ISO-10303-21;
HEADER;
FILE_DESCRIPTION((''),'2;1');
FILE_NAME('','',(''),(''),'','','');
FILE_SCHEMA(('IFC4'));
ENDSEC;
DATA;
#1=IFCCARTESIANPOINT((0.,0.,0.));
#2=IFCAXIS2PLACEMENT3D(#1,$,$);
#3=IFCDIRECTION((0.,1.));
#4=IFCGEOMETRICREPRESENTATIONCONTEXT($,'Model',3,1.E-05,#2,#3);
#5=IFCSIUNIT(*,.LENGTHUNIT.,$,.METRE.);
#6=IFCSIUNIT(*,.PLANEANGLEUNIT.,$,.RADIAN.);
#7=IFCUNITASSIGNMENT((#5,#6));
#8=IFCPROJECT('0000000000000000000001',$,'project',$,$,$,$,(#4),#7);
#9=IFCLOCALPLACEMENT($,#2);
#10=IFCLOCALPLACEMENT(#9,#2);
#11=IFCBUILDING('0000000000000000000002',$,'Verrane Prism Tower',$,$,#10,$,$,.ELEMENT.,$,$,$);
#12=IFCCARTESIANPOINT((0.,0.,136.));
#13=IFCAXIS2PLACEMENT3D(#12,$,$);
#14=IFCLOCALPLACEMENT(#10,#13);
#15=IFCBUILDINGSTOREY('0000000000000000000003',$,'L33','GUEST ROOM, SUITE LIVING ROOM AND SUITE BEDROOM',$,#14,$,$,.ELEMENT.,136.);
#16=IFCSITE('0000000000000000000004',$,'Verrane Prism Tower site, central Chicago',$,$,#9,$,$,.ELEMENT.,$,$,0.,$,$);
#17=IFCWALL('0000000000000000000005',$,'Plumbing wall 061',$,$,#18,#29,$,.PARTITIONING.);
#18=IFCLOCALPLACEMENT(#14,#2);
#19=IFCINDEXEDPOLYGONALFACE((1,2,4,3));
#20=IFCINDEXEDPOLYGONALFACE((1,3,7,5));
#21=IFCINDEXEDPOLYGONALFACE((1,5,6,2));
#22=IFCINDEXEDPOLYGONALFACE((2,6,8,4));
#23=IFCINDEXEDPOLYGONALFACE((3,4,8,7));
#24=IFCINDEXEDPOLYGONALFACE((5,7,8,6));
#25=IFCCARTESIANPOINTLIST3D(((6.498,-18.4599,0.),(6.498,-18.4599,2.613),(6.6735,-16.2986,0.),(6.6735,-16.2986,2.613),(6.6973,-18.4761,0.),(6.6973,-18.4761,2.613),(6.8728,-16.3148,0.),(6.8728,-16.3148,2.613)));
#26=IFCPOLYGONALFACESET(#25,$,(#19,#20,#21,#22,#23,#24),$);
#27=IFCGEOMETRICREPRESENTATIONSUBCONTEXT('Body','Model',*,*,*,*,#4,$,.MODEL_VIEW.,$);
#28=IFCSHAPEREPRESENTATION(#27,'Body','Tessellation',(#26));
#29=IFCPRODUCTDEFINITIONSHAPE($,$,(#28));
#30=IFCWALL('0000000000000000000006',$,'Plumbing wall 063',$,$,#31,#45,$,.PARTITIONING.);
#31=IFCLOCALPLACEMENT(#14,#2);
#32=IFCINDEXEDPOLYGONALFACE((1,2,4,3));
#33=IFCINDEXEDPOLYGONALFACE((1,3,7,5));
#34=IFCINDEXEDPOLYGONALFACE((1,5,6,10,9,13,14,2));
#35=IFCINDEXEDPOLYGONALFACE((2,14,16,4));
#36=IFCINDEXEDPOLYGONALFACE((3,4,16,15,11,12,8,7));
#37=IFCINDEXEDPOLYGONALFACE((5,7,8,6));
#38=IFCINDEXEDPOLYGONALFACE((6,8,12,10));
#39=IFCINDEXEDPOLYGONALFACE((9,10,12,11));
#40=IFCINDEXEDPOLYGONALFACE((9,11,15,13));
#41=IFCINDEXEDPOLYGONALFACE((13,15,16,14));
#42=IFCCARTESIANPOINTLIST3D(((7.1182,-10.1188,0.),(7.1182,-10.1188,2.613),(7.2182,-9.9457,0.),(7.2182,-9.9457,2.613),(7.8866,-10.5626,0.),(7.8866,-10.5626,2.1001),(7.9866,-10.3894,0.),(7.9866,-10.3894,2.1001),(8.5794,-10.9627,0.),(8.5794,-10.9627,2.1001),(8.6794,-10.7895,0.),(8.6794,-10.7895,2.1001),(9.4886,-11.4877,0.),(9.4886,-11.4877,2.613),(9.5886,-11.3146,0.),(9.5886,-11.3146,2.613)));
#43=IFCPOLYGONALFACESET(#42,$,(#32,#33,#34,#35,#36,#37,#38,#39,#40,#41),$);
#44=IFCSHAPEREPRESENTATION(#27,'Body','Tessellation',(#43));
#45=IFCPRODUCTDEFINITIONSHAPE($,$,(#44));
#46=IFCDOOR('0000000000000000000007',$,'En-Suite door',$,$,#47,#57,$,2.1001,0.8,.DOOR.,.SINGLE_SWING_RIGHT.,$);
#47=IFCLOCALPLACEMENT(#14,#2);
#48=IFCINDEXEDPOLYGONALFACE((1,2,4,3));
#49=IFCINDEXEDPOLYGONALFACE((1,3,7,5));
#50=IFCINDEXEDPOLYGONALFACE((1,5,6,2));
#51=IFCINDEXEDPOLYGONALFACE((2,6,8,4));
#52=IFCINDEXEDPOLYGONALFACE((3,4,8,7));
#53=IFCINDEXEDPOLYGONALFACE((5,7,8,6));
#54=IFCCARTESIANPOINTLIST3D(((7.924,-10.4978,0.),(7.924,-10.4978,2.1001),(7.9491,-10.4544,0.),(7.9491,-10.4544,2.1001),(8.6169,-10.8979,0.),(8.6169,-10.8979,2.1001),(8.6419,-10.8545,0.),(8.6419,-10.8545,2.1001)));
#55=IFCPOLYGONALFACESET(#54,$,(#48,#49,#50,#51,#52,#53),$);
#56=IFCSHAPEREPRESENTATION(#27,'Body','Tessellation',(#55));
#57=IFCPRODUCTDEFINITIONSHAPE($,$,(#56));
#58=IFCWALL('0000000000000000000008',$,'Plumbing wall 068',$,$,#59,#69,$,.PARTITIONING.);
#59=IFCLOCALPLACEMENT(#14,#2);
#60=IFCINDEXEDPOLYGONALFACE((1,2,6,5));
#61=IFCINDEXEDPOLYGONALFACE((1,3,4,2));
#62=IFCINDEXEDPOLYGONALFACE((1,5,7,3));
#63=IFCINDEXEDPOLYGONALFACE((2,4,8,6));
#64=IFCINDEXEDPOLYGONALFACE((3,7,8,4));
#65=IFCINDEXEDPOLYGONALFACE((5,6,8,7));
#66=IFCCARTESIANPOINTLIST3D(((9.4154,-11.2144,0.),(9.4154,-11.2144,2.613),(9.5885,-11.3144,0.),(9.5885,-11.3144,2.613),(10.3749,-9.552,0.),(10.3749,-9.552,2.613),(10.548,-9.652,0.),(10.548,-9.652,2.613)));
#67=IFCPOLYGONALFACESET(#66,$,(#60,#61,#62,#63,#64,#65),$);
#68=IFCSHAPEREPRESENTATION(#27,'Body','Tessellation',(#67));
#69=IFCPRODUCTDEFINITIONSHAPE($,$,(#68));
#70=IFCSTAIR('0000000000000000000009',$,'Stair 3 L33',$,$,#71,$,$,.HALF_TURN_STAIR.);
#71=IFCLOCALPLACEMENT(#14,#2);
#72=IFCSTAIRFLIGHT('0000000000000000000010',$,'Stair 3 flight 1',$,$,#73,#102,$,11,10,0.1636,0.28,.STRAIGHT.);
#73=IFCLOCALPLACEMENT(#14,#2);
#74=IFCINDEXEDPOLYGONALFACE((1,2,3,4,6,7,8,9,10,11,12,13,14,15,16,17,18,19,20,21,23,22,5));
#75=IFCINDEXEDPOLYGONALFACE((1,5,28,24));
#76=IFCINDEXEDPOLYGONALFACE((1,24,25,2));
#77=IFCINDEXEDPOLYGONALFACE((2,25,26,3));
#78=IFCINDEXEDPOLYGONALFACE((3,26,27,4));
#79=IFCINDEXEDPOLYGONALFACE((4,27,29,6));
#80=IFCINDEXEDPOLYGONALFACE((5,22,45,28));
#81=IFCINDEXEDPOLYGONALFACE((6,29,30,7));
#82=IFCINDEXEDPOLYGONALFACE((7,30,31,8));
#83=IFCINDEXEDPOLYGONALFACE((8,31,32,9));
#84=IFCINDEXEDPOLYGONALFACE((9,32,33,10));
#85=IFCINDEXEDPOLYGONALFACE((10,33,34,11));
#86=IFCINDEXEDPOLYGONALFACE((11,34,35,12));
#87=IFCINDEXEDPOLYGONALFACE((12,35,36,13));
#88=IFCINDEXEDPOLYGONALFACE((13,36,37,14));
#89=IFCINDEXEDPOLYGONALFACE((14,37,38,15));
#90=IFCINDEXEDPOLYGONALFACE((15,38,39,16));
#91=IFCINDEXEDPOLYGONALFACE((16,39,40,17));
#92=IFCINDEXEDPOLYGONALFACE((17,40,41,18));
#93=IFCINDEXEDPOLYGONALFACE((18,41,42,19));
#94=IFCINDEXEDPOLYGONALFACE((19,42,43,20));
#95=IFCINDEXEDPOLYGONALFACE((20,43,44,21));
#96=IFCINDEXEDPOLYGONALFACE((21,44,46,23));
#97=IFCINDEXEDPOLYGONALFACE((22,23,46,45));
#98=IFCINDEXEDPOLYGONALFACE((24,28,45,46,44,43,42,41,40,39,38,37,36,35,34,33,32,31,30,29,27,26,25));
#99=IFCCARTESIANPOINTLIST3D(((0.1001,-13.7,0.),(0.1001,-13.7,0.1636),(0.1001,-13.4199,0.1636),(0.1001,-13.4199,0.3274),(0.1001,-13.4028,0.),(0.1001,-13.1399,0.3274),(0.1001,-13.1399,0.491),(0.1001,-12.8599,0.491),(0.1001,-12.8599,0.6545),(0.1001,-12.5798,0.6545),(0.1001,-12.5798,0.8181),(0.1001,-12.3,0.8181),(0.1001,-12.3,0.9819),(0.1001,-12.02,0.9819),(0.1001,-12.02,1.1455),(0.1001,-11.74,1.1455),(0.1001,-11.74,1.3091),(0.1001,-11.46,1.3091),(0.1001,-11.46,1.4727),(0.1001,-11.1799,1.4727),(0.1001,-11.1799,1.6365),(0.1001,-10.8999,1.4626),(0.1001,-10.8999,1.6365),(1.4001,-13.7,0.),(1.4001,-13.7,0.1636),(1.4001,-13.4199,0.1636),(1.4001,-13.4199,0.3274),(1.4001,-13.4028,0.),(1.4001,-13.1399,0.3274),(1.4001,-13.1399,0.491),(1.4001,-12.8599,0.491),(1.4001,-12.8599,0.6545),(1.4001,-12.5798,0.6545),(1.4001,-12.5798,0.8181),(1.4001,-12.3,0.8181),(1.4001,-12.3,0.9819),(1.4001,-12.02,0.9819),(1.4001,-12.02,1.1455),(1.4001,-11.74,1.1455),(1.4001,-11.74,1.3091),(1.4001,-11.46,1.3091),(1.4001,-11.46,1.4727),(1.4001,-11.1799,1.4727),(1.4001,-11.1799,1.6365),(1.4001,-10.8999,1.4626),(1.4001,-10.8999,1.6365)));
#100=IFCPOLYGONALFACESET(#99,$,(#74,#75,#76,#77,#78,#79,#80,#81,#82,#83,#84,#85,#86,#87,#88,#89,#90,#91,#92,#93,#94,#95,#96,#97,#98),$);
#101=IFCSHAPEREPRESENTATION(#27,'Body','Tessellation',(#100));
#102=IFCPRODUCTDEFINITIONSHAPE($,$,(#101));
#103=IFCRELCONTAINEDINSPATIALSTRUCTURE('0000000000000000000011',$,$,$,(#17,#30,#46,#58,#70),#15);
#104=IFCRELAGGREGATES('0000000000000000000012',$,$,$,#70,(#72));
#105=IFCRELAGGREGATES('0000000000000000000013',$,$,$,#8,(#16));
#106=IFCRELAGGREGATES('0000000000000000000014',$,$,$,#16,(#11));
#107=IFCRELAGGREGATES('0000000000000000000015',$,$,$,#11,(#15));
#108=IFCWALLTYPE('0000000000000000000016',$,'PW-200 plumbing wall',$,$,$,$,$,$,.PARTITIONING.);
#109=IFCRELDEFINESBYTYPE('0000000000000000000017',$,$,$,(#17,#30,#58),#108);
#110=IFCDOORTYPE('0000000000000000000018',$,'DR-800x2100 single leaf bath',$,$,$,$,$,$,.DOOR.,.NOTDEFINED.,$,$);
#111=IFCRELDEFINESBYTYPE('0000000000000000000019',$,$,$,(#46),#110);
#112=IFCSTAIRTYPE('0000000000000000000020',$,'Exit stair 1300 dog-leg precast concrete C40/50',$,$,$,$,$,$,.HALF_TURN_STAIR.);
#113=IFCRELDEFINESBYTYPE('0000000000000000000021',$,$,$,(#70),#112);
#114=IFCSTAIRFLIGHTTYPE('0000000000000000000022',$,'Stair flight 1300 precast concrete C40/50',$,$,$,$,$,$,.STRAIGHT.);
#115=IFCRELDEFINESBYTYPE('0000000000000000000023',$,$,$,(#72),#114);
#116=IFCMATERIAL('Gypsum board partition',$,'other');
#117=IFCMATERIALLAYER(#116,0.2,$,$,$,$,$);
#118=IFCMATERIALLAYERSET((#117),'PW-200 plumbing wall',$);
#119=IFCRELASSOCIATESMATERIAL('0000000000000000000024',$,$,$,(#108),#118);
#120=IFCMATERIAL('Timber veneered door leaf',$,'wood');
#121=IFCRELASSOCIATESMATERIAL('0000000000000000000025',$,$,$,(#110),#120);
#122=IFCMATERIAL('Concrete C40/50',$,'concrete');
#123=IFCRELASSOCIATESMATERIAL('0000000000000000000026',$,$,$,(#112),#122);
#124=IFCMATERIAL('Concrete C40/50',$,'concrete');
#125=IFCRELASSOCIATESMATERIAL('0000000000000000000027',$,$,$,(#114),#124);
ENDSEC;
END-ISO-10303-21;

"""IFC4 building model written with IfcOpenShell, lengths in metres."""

from ifc_helpers import new_model, si_unit, direction, frame, frame_2d, origin, place, context, subcontext, project, spatial, polyline, rectangle, outline, extrude, material, layer, layer_set, type_object, element, fill, aggregate, save


model = new_model("IFC4")

# Units and contexts
model_context = context("Model", 3, precision=1e-05, world=origin(), true_north=direction((0.0, 1.0)))
body_context = subcontext(model_context, "Body", "Model", "MODEL_VIEW")
ifc_project = project(units=[si_unit("LENGTHUNIT", "METRE"), si_unit("PLANEANGLEUNIT", "RADIAN")], contexts=[model_context])

# Site, building, storey
site_placement = place(None, origin())
site = spatial("IfcSite", under=ifc_project, at=site_placement, Name="Verrane Prism Tower site, central Chicago", CompositionType="ELEMENT", RefElevation=0.0)
building_placement = place(site_placement, origin())
building = spatial("IfcBuilding", under=site, at=building_placement, Name="Verrane Prism Tower", CompositionType="ELEMENT")
storey_placement = place(building_placement, frame((0.0, 0.0, 136.0)))
storey = spatial("IfcBuildingStorey", under=building, at=storey_placement, Name="L33", Description="GUEST ROOM, SUITE LIVING ROOM AND SUITE BEDROOM", CompositionType="ELEMENT", Elevation=136.0)

# Shared definitions
ifc_material_1 = material(Name="Gypsum board partition", Category="other")
ifc_layer_1 = layer(ifc_material_1, 0.2)
ifc_layer_set_1 = layer_set([ifc_layer_1], Name="PW-200 plumbing wall")
wall_type_1 = type_object("IfcWallType", Name="PW-200 plumbing wall", PredefinedType="PARTITIONING", material=ifc_layer_set_1)
ifc_material_2 = material(Name="Timber veneered door leaf", Category="wood")
door_type_1 = type_object("IfcDoorType", Name="DR-800x2100 single leaf bath", OperationType="NOTDEFINED", PredefinedType="DOOR", material=ifc_material_2)

# Wall
wall_1_placement = place(storey_placement, frame((6.5977, -18.468, 0.0), z_axis=(0.0, 0.0, 1.0), x_axis=(0.080949, 0.996718, 0.0)))
element("IfcWall", 1, at=wall_1_placement, inside=storey, type_object=wall_type_1, Name="Plumbing wall 061", PredefinedType="PARTITIONING", context=body_context, shape_type="SweptSolid", body=[
    extrude(rectangle(XDim=2.1685, YDim=0.2, at=frame_2d((1.0842, 0.0))), origin(), (0.0, 0.0, 1.0), 2.613),
])

# Wall, opening, door
wall_2_placement = place(storey_placement, frame((7.1682, -10.0322, 0.0), z_axis=(0.0, 0.0, 1.0), x_axis=(0.865967, -0.500101, 0.0)))
wall_2 = element("IfcWall", 2, at=wall_2_placement, inside=storey, type_object=wall_type_1, Name="Plumbing wall 063", PredefinedType="PARTITIONING", context=body_context, shape_type="SweptSolid", body=[
    extrude(rectangle(XDim=2.7373, YDim=0.2, at=frame_2d((1.3687, 0.0))), origin(), (0.0, 0.0, 1.0), 2.613),
])
opening_1_placement = place(wall_2_placement, frame((0.8875, 0.0, 0.0)))
opening_1 = element("IfcOpeningElement", 3, at=opening_1_placement, cuts=wall_2, PredefinedType="OPENING", context=body_context, shape_type="SweptSolid", body=[
    extrude(rectangle(XDim=0.8, YDim=2.1001, at=frame_2d((0.3999, 1.05))), frame((0.0, 0.1099, 0.0), z_axis=(0.0, -1.0, 0.0), x_axis=(1.0, 0.0, 0.0)), (0.0, 0.0, 1.0), 0.22),
])
door_1_placement = place(opening_1_placement, origin())
door_1 = element("IfcDoor", 4, at=door_1_placement, inside=storey, type_object=door_type_1, Name="En-Suite door", OperationType="SINGLE_SWING_RIGHT", OverallHeight=2.1001, OverallWidth=0.8, PredefinedType="DOOR", context=body_context, shape_type="SweptSolid", body=[
    extrude(rectangle(XDim=0.8, YDim=2.1001, at=frame_2d((0.3999, 1.05))), frame((0.0, 0.0249, 0.0), z_axis=(0.0, -1.0, 0.0), x_axis=(1.0, 0.0, 0.0)), (0.0, 0.0, 1.0), 0.05),
])
fill(opening_1, door_1)

# Wall
wall_3_placement = place(storey_placement, frame((9.502, -11.2644, 0.0), z_axis=(0.0, 0.0, 1.0), x_axis=(0.499888, 0.86609, 0.0)))
element("IfcWall", 5, at=wall_3_placement, inside=storey, type_object=wall_type_1, Name="Plumbing wall 068", PredefinedType="PARTITIONING", context=body_context, shape_type="SweptSolid", body=[
    extrude(rectangle(XDim=1.9194, YDim=0.2, at=frame_2d((0.9597, 0.0))), origin(), (0.0, 0.0, 1.0), 2.613),
])

# Stair, stair flight
ifc_material_3 = material(Name="Concrete C40/50", Category="concrete")
stair_type = type_object("IfcStairType", Name="Exit stair 1300 dog-leg precast concrete C40/50", PredefinedType="HALF_TURN_STAIR", material=ifc_material_3)
stair_placement = place(storey_placement, origin())
stair = element("IfcStair", 6, at=stair_placement, inside=storey, type_object=stair_type, Name="Stair 3 L33", PredefinedType="HALF_TURN_STAIR")
ifc_material_4 = material(Name="Concrete C40/50", Category="concrete")
stair_flight_type = type_object("IfcStairFlightType", Name="Stair flight 1300 precast concrete C40/50", PredefinedType="STRAIGHT", material=ifc_material_4)
stair_flight_placement = place(storey_placement, frame((0.75, -13.7, 0.0), z_axis=(0.0, 0.0, 1.0), x_axis=(0.0, 1.0, 0.0)))
stair_flight = element("IfcStairFlight", 7, at=stair_flight_placement, type_object=stair_flight_type, Name="Stair 3 flight 1", NumberOfRisers=11, NumberOfTreads=10, PredefinedType="STRAIGHT", RiserHeight=0.1636, TreadLength=0.28, context=body_context, shape_type="SweptSolid", body=[
    extrude(outline(polyline([(0.0, 0.0), (0.0, 0.1636), (0.28, 0.1636), (0.28, 0.3274), (0.5601, 0.3274), (0.5601, 0.491), (0.8401, 0.491), (0.8401, 0.6545), (1.1201, 0.6545), (1.1201, 0.8181), (1.3999, 0.8181), (1.3999, 0.9819), (1.6799, 0.9819), (1.6799, 1.1455), (1.96, 1.1455), (1.96, 1.3091), (2.24, 1.3091), (2.24, 1.4727), (2.52, 1.4727), (2.52, 1.6365), (2.8, 1.6365), (2.8, 1.8), (2.8, 1.4626), (0.2971, 0.0), (0.0, 0.0)])), frame((0.0, 0.6499, 0.0), z_axis=(0.0, -1.0, 0.0), x_axis=(1.0, 0.0, 0.0)), (0.0, 0.0, 1.0), 1.3),
])
aggregate(stair, [stair_flight])

save(model, "model.ifc")
